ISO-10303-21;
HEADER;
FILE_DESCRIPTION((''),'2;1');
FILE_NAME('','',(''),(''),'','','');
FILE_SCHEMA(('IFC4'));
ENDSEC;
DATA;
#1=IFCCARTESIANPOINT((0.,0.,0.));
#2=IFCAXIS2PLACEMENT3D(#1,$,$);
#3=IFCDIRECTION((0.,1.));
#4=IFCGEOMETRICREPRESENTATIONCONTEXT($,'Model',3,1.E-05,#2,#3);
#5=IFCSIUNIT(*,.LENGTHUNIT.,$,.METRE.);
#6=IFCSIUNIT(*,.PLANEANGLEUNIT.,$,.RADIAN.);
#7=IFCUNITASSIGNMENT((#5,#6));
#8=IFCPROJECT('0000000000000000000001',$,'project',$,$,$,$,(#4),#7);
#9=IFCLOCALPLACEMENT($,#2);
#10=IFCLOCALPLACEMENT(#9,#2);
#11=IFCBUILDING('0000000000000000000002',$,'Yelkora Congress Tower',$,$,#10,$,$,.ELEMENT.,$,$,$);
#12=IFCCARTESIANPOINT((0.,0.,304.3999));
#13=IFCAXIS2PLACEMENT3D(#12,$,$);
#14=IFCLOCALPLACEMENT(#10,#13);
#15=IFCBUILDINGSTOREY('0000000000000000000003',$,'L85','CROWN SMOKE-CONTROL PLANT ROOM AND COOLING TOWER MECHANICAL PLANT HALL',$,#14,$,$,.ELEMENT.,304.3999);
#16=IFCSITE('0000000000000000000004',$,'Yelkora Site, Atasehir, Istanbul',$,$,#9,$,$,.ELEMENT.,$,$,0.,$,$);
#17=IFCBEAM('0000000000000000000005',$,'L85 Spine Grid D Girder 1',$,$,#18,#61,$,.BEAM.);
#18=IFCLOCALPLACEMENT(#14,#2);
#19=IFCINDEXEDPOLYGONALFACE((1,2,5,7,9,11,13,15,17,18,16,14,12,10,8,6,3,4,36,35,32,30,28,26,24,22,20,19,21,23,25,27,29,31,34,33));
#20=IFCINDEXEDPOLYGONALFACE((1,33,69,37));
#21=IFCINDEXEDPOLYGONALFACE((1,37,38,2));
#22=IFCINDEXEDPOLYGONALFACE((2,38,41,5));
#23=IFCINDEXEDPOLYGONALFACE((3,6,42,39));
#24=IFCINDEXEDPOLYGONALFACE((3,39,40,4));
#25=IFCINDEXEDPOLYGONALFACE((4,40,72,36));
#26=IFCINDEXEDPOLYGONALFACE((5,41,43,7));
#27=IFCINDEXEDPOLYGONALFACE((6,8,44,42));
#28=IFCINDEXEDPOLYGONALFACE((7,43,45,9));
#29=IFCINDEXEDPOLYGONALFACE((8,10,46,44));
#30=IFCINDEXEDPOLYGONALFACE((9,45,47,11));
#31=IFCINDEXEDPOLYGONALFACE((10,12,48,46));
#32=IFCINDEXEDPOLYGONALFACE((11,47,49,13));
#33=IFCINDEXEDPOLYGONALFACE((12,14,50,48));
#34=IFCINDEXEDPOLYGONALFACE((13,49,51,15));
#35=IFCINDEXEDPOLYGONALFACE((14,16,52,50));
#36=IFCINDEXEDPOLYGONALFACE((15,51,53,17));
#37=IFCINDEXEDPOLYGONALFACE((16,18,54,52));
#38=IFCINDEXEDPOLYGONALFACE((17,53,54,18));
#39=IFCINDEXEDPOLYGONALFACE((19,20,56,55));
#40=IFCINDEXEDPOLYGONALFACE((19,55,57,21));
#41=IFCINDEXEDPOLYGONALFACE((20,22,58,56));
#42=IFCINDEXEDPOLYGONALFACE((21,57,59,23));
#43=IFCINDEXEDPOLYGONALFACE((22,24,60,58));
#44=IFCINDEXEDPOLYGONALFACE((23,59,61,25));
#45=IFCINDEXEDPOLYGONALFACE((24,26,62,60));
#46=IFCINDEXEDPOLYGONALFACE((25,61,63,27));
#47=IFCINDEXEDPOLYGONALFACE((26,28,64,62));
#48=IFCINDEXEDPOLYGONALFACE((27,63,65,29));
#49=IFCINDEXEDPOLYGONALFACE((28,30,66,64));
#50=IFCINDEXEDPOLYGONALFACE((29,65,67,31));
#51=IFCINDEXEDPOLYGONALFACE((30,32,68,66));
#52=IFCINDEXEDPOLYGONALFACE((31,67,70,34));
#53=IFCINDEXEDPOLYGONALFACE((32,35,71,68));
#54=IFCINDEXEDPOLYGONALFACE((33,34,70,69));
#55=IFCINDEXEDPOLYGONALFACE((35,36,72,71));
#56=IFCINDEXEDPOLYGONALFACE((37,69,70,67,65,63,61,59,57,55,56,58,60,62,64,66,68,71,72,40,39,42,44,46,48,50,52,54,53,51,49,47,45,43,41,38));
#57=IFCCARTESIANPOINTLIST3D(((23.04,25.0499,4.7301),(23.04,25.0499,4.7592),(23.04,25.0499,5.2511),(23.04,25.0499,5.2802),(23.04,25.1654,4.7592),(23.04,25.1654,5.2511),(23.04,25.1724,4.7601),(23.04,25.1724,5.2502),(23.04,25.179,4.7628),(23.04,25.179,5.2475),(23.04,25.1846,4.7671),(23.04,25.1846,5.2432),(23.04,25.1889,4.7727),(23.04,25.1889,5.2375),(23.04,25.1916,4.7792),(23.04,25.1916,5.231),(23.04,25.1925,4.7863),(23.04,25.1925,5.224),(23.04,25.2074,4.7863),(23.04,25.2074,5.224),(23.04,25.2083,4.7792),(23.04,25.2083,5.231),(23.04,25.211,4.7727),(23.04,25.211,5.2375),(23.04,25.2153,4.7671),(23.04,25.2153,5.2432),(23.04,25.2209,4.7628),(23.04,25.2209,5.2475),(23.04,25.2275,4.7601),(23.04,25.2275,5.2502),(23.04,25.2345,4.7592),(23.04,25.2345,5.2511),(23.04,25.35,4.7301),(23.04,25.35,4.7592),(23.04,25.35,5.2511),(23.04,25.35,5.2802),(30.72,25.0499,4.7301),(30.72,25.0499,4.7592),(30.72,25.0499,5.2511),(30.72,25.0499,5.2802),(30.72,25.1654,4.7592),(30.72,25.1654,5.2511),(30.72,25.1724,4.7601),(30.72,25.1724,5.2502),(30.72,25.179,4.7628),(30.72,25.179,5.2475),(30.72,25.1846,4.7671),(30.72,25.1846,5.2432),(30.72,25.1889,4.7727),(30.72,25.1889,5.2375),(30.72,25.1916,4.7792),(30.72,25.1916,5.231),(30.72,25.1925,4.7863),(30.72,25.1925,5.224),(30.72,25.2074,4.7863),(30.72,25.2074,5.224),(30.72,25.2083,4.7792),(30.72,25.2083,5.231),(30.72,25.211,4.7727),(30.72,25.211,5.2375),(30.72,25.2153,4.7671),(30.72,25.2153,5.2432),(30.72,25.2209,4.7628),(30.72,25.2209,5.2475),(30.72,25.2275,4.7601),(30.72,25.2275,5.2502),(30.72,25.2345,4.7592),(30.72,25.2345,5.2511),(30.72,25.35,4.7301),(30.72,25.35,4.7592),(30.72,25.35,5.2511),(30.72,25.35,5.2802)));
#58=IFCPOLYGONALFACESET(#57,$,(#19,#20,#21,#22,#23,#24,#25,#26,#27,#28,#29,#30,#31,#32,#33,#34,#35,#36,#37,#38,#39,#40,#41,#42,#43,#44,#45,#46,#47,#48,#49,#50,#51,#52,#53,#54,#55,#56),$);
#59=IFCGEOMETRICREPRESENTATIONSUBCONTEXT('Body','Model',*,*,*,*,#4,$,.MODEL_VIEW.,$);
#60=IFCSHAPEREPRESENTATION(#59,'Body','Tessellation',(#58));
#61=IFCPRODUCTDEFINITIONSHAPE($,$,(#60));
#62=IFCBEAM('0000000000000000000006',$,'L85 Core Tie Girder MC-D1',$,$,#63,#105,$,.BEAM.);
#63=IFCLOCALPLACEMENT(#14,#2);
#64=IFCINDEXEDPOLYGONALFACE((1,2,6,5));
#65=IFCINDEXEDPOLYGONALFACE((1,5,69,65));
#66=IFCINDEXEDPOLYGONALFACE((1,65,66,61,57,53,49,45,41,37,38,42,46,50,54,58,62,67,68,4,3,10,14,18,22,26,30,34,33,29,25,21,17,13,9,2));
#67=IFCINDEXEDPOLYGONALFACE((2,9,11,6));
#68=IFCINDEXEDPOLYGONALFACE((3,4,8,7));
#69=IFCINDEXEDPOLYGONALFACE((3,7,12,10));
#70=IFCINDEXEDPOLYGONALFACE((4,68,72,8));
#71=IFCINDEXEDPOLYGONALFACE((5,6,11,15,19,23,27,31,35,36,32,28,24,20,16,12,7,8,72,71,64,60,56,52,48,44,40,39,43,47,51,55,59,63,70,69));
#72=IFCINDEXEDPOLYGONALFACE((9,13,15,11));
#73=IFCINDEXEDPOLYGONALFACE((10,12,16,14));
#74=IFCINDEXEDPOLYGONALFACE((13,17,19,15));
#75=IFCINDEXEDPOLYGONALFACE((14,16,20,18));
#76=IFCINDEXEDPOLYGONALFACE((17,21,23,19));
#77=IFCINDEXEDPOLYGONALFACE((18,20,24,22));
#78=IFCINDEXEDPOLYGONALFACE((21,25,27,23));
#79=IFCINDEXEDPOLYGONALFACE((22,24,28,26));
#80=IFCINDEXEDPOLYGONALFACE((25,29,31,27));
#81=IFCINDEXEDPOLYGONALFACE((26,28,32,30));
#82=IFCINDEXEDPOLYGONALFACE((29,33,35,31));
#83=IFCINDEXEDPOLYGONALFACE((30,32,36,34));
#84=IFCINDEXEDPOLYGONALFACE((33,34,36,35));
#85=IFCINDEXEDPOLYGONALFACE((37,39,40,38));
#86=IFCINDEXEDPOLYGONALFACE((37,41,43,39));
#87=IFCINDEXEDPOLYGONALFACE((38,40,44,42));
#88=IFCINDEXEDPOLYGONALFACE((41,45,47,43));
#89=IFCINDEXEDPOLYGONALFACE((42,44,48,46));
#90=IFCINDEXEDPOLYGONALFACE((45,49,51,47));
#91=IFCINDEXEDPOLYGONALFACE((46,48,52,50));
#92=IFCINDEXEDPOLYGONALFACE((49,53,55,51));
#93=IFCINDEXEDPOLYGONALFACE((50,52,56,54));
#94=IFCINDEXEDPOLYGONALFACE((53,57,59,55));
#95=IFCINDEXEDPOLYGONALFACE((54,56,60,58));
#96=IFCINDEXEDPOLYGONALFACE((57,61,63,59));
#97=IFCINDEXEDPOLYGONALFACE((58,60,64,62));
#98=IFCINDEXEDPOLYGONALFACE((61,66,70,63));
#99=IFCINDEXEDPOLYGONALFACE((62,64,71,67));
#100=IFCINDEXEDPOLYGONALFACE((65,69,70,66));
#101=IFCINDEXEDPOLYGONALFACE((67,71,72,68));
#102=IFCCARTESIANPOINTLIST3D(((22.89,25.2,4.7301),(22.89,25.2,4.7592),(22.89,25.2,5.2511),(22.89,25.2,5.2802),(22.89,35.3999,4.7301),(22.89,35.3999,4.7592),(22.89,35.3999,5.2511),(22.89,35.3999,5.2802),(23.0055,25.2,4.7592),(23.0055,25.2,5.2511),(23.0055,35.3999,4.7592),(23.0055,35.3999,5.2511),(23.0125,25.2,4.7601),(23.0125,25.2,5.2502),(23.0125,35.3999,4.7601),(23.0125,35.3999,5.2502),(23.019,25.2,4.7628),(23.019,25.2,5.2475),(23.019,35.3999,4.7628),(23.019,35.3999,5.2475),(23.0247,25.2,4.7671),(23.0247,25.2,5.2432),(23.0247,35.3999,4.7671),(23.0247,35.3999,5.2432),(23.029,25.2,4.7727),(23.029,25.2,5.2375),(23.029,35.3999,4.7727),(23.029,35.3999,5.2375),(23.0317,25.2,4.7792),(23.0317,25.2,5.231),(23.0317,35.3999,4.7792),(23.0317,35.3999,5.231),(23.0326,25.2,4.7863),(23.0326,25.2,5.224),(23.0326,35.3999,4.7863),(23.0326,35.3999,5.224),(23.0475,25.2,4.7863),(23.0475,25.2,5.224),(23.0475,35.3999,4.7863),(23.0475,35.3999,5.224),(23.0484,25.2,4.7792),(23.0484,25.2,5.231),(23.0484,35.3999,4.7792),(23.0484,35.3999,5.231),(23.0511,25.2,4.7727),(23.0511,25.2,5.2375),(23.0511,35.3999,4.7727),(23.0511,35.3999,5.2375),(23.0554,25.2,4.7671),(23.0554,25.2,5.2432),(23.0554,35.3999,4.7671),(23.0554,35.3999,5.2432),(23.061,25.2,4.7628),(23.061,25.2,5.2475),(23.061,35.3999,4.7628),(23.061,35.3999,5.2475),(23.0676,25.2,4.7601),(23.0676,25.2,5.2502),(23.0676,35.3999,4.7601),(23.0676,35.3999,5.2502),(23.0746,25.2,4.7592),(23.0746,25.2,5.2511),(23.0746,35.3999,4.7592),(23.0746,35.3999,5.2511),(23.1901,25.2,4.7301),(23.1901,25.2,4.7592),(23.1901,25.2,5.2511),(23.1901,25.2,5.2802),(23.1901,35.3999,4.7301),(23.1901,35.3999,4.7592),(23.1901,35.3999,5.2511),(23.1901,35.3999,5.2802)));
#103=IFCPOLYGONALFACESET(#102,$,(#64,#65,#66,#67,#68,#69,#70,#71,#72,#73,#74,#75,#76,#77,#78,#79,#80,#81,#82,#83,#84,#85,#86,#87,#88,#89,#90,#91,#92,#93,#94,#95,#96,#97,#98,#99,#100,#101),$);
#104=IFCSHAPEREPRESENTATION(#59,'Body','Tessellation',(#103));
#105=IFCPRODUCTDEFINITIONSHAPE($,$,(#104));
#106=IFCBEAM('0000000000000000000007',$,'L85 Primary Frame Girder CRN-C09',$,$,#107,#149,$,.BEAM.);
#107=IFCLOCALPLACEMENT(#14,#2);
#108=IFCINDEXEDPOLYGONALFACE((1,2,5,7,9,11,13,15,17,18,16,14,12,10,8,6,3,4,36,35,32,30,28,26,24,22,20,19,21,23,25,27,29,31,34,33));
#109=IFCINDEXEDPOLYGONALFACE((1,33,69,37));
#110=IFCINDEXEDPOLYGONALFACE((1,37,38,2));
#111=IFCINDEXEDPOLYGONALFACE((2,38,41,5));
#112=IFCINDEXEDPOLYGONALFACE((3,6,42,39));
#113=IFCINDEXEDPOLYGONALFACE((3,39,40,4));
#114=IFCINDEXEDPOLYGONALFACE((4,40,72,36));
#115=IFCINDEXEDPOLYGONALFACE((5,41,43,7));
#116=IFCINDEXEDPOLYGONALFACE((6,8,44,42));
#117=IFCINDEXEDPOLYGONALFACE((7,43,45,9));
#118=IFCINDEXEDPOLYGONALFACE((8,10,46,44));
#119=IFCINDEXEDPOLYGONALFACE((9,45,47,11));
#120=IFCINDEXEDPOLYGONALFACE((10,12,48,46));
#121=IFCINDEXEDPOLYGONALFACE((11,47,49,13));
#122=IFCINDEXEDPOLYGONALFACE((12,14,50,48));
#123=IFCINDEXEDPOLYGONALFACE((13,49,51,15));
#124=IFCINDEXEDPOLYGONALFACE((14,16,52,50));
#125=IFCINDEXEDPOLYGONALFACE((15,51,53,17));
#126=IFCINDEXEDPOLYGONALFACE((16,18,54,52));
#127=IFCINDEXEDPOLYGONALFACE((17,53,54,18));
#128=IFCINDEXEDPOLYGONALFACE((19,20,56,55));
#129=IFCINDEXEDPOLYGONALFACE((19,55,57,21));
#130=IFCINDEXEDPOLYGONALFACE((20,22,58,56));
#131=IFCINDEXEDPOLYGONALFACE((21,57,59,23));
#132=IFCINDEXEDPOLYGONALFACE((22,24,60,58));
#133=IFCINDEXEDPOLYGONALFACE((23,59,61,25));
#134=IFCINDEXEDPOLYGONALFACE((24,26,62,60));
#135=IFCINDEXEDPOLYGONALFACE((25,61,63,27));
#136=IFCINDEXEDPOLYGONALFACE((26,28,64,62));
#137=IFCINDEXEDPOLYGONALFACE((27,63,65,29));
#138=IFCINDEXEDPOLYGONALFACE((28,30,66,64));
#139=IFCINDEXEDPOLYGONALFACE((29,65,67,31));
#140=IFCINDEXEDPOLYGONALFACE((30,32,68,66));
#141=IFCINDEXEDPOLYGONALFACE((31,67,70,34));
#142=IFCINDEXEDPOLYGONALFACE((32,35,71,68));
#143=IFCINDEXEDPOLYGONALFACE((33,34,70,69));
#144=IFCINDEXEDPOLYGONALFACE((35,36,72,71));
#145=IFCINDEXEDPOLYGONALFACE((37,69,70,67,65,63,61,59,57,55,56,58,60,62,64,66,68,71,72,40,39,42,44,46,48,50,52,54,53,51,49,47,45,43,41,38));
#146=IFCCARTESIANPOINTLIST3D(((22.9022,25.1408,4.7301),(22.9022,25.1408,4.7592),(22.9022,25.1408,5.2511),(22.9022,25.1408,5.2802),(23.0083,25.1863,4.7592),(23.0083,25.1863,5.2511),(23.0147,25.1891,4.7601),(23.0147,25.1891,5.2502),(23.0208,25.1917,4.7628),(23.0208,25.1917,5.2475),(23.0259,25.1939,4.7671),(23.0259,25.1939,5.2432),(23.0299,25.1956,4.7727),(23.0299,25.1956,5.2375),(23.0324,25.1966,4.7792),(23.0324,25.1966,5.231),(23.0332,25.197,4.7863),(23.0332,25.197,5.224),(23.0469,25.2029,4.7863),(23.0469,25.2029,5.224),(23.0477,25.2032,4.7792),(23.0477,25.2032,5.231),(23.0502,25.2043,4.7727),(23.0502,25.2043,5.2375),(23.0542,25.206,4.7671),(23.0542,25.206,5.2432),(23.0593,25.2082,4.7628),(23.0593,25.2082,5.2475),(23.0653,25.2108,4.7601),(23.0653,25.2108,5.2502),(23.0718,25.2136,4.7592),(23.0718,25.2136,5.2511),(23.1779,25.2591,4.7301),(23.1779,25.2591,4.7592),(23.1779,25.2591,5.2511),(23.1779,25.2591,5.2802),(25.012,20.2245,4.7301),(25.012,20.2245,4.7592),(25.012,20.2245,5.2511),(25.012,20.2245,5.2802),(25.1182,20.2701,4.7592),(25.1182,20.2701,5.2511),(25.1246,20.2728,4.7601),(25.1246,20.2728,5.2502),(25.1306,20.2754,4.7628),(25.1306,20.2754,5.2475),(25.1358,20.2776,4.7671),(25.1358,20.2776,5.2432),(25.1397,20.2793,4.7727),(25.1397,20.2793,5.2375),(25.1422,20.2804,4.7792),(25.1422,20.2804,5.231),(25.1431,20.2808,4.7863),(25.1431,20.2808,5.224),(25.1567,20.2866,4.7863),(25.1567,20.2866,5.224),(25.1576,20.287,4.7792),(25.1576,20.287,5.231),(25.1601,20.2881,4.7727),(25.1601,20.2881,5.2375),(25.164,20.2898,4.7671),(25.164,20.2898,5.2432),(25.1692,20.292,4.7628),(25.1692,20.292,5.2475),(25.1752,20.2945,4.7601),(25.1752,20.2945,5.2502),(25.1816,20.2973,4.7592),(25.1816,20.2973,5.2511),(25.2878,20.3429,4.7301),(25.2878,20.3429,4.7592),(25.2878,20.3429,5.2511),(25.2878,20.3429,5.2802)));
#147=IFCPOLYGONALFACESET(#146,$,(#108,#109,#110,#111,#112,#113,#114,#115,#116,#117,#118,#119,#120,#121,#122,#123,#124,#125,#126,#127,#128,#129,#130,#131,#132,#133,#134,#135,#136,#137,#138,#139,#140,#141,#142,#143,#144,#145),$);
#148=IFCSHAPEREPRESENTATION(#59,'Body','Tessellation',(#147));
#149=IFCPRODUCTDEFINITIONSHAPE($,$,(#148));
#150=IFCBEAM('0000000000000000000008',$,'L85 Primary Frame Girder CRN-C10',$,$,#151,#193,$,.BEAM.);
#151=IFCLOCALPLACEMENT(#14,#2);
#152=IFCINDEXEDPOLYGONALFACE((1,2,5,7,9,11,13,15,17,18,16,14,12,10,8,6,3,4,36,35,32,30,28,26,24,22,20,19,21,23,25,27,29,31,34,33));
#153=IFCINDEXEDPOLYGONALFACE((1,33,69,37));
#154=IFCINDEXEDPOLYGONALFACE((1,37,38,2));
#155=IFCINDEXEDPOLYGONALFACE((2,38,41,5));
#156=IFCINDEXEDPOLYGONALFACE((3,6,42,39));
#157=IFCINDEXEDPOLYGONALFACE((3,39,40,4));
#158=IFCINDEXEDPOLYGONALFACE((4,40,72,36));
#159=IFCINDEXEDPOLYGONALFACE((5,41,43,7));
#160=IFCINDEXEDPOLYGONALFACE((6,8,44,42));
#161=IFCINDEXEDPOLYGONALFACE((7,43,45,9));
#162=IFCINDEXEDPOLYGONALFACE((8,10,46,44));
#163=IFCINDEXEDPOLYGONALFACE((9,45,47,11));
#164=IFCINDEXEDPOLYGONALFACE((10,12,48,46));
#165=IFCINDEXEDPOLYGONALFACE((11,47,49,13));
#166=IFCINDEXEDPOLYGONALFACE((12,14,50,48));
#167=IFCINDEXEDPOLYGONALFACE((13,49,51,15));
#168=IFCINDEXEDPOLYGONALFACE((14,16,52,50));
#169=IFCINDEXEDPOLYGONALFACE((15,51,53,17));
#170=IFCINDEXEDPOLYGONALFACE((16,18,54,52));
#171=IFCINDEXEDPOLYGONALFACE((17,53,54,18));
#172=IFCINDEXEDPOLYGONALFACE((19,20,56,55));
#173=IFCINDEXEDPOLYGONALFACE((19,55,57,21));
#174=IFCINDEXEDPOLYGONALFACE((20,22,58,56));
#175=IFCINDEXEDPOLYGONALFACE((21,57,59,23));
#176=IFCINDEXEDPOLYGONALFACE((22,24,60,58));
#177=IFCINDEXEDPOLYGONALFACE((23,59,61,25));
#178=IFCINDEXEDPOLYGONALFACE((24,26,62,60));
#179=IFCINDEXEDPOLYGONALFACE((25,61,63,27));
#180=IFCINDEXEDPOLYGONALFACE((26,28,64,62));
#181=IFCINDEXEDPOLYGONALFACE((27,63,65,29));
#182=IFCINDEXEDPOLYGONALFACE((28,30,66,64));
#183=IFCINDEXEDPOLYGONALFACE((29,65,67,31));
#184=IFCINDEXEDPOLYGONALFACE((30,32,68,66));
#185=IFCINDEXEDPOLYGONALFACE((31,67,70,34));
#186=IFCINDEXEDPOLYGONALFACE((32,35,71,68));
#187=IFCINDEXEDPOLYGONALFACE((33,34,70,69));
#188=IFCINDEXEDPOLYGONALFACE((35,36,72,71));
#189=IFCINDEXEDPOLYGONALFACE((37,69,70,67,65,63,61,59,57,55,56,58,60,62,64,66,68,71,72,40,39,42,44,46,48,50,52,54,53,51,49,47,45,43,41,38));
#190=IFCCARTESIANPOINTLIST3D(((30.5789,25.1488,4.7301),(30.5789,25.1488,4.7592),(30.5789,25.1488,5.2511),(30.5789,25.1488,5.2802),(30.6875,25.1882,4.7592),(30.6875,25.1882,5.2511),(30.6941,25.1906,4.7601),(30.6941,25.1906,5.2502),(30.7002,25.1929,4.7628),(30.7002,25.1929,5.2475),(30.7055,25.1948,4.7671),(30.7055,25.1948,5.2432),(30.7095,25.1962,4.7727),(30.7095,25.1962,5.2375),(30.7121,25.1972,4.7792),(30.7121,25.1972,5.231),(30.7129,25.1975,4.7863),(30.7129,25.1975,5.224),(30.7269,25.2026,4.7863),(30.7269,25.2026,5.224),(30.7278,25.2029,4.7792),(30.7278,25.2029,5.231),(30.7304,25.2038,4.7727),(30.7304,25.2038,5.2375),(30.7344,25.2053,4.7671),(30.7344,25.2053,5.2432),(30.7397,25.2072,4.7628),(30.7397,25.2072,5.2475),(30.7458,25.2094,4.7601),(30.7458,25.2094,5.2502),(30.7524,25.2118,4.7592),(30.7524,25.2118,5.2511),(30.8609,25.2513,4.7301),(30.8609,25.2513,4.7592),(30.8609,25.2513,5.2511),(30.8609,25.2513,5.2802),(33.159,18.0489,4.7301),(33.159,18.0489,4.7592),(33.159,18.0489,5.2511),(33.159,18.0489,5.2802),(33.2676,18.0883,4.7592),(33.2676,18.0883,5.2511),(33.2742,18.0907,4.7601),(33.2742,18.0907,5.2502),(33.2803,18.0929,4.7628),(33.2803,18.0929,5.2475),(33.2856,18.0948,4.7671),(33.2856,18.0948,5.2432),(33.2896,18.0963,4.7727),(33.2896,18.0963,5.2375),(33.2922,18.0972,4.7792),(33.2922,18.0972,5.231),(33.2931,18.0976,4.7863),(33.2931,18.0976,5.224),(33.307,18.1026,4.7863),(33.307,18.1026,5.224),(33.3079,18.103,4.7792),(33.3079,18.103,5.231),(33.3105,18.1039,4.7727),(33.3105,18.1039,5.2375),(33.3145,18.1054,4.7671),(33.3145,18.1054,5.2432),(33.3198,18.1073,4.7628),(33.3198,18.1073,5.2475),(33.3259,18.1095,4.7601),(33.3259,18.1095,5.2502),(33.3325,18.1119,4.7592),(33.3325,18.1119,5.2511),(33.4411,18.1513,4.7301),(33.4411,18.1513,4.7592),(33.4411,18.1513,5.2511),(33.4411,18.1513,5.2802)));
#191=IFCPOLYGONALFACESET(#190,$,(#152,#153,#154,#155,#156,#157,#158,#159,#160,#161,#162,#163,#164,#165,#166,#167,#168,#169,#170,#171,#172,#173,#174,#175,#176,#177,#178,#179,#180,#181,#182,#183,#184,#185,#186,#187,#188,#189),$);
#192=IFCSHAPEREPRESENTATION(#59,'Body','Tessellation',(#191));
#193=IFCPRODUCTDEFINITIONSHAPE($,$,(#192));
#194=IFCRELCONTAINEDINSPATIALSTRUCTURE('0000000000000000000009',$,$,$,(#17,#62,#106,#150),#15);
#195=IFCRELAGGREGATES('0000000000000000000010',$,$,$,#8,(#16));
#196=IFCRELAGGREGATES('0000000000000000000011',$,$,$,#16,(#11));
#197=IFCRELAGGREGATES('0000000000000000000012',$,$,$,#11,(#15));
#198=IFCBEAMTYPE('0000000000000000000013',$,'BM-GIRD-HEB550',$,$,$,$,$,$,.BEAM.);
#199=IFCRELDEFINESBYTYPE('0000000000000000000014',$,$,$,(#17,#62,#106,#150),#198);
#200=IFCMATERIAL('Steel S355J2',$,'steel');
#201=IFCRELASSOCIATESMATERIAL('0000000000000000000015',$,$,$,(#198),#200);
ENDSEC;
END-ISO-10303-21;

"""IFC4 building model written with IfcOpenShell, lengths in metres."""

from ifc_helpers import new_model, si_unit, direction, frame, origin, origin_2d, place, context, subcontext, project, spatial, i_section, extrude, material, material_profile, profile_set, type_object, element, save


model = new_model("IFC4")

# Units and contexts
model_context = context("Model", 3, precision=1e-05, world=origin(), true_north=direction((0.0, 1.0)))
body_context = subcontext(model_context, "Body", "Model", "MODEL_VIEW")
ifc_project = project(units=[si_unit("LENGTHUNIT", "METRE"), si_unit("PLANEANGLEUNIT", "RADIAN")], contexts=[model_context])

# Site, building, storey
site_placement = place(None, origin())
site = spatial("IfcSite", under=ifc_project, at=site_placement, Name="Yelkora Site, Atasehir, Istanbul", CompositionType="ELEMENT", RefElevation=0.0)
building_placement = place(site_placement, origin())
building = spatial("IfcBuilding", under=site, at=building_placement, Name="Yelkora Congress Tower", CompositionType="ELEMENT")
storey_placement = place(building_placement, frame((0.0, 0.0, 304.3999)))
storey = spatial("IfcBuildingStorey", under=building, at=storey_placement, Name="L85", Description="CROWN SMOKE-CONTROL PLANT ROOM AND COOLING TOWER MECHANICAL PLANT HALL", CompositionType="ELEMENT", Elevation=304.3999)

# Shared definitions
ifc_material_1 = material(Name="Steel S355J2", Category="steel")

# Beams
ifc_material_profile_1 = material_profile(ifc_material_1, i_section(OverallWidth=0.3, OverallDepth=0.55, WebThickness=0.0149, FlangeThickness=0.0291, FilletRadius=0.0271, at=origin_2d()), Name="HEB 550")
ifc_profile_set_1 = profile_set([ifc_material_profile_1], Name="Steel S355J2")
beam_type_1 = type_object("IfcBeamType", Name="BM-GIRD-HEB550", PredefinedType="BEAM", material=ifc_profile_set_1)
beam_1_placement = place(storey_placement, frame((23.04, 25.2, 5.0051), z_axis=(1.0, 0.0, 0.0), x_axis=(0.0, 1.0, 0.0)))
element("IfcBeam", 1, at=beam_1_placement, inside=storey, type_object=beam_type_1, Name="L85 Spine Grid D Girder 1", PredefinedType="BEAM", context=body_context, shape_type="SweptSolid", body=[
    extrude(i_section(OverallWidth=0.3, OverallDepth=0.55, WebThickness=0.0149, FlangeThickness=0.0291, FilletRadius=0.0271, at=origin_2d()), origin(), (0.0, 0.0, 1.0), 7.6799),
])
beam_2_placement = place(storey_placement, frame((23.04, 25.2, 5.0051), z_axis=(0.0, 1.0, 0.0), x_axis=(-1.0, 0.0, 0.0)))
element("IfcBeam", 2, at=beam_2_placement, inside=storey, type_object=beam_type_1, Name="L85 Core Tie Girder MC-D1", PredefinedType="BEAM", context=body_context, shape_type="SweptSolid", body=[
    extrude(i_section(OverallWidth=0.3, OverallDepth=0.55, WebThickness=0.0149, FlangeThickness=0.0291, FilletRadius=0.0271, at=origin_2d()), origin(), (0.0, 0.0, 1.0), 10.2),
])
beam_3_placement = place(storey_placement, frame((25.1499, 20.2837, 5.0051), z_axis=(-0.394376, 0.918949, 0.0), x_axis=(-0.918949, -0.394376, 0.0)))
element("IfcBeam", 3, at=beam_3_placement, inside=storey, type_object=beam_type_1, Name="L85 Primary Frame Girder CRN-C09", PredefinedType="BEAM", context=body_context, shape_type="SweptSolid", body=[
    extrude(i_section(OverallWidth=0.3, OverallDepth=0.55, WebThickness=0.0149, FlangeThickness=0.0291, FilletRadius=0.0271, at=origin_2d()), origin(), (0.0, 0.0, 1.0), 5.3499),
])
beam_4_placement = place(storey_placement, frame((33.3, 18.1001, 5.0051), z_axis=(-0.341546, 0.939865, 0.0), x_axis=(-0.939865, -0.341546, 0.0)))
element("IfcBeam", 4, at=beam_4_placement, inside=storey, type_object=beam_type_1, Name="L85 Primary Frame Girder CRN-C10", PredefinedType="BEAM", context=body_context, shape_type="SweptSolid", body=[
    extrude(i_section(OverallWidth=0.3, OverallDepth=0.55, WebThickness=0.0149, FlangeThickness=0.0291, FilletRadius=0.0271, at=origin_2d()), origin(), (0.0, 0.0, 1.0), 7.5542),
])

save(model, "model.ifc")
